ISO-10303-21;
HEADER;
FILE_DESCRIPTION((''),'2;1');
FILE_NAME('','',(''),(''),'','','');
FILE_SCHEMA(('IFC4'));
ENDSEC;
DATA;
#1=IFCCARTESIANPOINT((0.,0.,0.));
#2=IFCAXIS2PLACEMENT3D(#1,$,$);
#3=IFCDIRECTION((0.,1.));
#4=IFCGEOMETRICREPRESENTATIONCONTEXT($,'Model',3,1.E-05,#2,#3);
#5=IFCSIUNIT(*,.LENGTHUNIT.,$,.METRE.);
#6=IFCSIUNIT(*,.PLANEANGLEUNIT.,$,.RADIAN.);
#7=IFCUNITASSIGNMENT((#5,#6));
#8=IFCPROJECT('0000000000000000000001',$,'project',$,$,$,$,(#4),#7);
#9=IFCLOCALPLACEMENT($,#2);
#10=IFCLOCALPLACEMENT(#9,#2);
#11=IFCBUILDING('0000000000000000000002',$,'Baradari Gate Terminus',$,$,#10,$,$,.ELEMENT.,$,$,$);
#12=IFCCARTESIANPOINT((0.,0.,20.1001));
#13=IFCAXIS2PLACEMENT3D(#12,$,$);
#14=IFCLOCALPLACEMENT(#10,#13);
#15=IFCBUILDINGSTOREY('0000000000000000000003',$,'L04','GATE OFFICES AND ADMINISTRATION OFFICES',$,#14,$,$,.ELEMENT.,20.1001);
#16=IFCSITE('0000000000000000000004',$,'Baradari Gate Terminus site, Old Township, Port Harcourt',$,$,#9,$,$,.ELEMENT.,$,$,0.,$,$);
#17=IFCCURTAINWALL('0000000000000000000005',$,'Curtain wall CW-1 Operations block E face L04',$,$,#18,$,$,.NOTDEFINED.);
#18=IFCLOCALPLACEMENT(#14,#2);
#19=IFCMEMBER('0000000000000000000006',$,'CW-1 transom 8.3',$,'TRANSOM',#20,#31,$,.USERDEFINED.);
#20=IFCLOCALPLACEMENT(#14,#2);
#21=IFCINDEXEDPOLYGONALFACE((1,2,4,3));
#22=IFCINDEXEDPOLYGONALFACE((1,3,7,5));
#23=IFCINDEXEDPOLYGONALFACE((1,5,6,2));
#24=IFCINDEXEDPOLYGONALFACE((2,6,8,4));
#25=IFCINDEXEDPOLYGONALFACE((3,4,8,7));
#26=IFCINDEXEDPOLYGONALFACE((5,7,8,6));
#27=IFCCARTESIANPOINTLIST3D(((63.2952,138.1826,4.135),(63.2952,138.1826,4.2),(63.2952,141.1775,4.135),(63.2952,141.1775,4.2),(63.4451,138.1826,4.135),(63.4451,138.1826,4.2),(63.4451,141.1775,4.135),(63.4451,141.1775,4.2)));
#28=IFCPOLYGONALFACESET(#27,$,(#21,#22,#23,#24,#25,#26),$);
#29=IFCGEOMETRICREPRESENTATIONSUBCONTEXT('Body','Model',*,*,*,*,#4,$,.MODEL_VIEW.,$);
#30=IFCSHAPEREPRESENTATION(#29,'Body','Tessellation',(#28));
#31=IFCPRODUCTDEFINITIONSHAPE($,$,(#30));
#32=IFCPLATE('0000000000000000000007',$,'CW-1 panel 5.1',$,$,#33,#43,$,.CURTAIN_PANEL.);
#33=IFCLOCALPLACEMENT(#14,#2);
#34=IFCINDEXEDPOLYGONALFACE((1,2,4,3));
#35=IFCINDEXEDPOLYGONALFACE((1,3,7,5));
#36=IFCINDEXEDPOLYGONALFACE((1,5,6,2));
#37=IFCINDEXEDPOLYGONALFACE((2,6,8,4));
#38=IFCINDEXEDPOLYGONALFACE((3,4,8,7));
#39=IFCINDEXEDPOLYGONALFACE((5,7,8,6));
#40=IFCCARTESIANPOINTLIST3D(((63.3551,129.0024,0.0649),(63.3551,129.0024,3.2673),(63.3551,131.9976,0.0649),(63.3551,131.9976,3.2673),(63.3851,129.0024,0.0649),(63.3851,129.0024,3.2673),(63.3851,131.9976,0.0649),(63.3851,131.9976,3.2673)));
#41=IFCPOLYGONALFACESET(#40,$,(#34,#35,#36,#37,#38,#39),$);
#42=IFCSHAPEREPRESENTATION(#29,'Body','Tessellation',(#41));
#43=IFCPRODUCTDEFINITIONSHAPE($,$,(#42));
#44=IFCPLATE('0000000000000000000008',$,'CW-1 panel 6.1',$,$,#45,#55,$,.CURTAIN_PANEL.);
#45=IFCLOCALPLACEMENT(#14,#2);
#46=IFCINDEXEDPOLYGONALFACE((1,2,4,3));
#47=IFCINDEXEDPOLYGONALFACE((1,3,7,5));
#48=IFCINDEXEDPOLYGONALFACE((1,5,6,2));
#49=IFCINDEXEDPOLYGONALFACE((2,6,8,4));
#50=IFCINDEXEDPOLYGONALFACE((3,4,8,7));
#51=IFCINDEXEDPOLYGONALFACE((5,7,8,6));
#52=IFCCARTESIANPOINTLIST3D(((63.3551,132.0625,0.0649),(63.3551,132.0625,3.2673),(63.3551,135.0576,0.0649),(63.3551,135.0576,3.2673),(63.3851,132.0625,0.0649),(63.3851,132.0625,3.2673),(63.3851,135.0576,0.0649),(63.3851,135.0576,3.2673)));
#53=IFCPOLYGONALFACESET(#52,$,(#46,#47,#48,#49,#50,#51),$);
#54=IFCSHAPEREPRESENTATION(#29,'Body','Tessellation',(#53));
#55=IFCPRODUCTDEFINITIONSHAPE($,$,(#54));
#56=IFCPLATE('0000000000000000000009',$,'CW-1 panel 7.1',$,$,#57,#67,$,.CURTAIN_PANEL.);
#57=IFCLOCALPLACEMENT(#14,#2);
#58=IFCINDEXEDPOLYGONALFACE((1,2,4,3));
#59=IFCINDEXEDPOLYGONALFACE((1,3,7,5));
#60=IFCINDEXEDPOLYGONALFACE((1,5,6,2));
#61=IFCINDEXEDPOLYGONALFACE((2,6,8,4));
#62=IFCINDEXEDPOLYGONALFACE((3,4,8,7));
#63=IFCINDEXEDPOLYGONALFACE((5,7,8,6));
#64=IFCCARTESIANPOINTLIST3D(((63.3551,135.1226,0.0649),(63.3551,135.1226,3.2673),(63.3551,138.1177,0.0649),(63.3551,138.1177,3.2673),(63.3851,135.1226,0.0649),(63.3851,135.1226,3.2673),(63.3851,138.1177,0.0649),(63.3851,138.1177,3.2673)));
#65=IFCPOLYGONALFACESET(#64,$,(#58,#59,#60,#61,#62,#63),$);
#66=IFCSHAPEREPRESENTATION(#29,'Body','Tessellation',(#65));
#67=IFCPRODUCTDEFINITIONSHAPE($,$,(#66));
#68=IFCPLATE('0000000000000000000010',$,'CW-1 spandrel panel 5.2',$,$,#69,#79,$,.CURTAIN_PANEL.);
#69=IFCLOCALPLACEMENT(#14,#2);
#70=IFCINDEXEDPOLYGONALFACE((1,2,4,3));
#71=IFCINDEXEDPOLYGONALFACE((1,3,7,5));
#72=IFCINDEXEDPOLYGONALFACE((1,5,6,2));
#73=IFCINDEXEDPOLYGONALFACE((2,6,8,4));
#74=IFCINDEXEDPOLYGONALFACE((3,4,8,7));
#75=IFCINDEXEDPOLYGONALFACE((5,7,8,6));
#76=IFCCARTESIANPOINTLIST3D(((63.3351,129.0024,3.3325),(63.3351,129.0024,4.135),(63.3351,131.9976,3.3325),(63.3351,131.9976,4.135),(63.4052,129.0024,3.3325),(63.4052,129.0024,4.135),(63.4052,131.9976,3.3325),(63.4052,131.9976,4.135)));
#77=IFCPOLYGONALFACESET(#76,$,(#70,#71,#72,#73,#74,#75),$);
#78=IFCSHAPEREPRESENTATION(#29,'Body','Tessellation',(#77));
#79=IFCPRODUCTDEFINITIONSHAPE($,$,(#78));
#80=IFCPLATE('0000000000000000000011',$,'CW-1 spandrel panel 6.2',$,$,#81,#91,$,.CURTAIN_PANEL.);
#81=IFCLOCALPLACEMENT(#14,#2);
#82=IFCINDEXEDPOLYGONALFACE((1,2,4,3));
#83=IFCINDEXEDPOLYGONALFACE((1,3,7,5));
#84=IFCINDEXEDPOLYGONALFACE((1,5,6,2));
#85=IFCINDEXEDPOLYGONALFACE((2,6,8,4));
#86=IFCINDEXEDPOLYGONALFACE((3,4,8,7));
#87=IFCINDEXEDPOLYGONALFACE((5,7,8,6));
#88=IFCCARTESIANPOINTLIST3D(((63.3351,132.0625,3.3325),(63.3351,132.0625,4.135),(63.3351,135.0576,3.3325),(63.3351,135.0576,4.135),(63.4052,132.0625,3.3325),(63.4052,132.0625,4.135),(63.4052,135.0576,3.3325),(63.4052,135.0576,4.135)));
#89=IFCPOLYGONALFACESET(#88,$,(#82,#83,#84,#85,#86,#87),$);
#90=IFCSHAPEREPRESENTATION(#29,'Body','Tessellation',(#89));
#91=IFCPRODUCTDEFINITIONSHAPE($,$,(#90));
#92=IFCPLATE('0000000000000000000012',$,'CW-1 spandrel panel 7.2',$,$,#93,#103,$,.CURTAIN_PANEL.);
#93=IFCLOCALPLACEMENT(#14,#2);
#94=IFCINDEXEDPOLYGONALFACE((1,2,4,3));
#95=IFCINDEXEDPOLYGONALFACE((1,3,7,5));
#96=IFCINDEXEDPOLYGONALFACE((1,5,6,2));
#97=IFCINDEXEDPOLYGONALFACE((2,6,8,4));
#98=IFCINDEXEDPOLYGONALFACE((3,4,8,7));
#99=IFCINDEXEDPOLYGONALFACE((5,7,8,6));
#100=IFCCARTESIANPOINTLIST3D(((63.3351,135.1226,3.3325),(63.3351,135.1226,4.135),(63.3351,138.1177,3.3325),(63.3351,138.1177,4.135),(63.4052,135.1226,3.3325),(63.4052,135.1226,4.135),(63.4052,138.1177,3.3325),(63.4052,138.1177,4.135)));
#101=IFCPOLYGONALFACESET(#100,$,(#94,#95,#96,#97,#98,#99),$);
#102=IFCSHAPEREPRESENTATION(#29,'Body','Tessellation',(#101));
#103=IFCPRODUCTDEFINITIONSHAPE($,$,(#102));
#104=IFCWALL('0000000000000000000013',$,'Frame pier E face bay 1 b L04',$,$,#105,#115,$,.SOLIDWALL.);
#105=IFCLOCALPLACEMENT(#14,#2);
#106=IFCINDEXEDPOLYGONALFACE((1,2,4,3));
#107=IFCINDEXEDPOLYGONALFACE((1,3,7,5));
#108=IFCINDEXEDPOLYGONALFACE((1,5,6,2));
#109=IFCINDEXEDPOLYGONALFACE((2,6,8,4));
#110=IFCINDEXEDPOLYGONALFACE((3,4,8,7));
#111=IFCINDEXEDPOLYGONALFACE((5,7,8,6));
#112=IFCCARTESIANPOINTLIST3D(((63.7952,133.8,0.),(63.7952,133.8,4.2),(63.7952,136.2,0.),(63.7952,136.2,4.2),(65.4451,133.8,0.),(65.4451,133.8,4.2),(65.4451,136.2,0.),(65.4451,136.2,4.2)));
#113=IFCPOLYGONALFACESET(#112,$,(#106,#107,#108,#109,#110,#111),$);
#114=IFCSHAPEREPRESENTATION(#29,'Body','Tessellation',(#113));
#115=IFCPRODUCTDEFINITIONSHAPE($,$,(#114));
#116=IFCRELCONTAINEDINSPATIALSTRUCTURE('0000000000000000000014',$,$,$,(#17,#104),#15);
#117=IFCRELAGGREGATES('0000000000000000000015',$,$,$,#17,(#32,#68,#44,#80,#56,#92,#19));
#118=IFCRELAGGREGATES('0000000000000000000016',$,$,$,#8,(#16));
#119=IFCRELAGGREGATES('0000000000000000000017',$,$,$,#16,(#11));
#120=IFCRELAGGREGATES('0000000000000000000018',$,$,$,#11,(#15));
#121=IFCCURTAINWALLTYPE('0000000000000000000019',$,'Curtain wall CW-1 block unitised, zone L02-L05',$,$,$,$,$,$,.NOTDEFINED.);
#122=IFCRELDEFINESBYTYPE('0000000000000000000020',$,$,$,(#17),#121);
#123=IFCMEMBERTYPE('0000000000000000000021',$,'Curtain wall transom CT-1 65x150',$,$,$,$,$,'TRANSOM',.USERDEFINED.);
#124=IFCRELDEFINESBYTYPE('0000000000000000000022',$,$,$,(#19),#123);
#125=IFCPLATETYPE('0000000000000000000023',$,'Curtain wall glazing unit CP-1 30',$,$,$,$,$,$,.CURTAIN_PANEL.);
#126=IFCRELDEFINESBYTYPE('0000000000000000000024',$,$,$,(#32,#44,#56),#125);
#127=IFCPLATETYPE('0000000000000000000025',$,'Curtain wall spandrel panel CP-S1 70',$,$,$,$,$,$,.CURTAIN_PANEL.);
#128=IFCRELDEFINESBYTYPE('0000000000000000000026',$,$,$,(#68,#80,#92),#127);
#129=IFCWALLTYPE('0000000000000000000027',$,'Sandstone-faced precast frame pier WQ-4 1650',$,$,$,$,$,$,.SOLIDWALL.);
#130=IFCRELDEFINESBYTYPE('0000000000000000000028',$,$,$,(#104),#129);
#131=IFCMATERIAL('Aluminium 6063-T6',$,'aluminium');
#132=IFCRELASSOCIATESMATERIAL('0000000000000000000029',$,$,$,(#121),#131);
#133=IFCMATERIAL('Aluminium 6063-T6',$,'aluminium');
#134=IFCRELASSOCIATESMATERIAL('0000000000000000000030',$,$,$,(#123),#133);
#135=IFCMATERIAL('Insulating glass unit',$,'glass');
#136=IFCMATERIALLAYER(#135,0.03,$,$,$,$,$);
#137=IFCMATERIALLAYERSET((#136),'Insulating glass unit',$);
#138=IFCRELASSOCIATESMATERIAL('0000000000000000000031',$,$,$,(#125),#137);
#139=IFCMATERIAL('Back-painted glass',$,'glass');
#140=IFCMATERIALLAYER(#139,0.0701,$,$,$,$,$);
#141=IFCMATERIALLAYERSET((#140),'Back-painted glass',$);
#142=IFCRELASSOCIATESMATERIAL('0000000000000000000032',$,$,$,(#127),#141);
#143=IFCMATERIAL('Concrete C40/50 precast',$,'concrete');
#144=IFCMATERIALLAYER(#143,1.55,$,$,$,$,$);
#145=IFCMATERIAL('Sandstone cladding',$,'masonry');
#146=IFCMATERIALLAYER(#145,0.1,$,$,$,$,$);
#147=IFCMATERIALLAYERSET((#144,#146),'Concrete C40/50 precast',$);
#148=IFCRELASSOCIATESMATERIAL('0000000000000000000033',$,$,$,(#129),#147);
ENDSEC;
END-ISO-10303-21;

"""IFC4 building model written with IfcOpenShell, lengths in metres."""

from ifc_helpers import new_model, si_unit, direction, frame, frame_2d, origin, origin_2d, place, context, subcontext, project, spatial, rectangle, extrude, material, layer, layer_set, material_profile, profile_set, type_object, element, aggregate, save


model = new_model("IFC4")

# Units and contexts
model_context = context("Model", 3, precision=1e-05, world=origin(), true_north=direction((0.0, 1.0)))
body_context = subcontext(model_context, "Body", "Model", "MODEL_VIEW")
ifc_project = project(units=[si_unit("LENGTHUNIT", "METRE"), si_unit("PLANEANGLEUNIT", "RADIAN")], contexts=[model_context])

# Site, building, storey
site_placement = place(None, origin())
site = spatial("IfcSite", under=ifc_project, at=site_placement, Name="Baradari Gate Terminus site, Old Township, Port Harcourt", CompositionType="ELEMENT", RefElevation=0.0)
building_placement = place(site_placement, origin())
building = spatial("IfcBuilding", under=site, at=building_placement, Name="Baradari Gate Terminus", CompositionType="ELEMENT")
storey_placement = place(building_placement, frame((0.0, 0.0, 20.1001)))
storey = spatial("IfcBuildingStorey", under=building, at=storey_placement, Name="L04", Description="GATE OFFICES AND ADMINISTRATION OFFICES", CompositionType="ELEMENT", Elevation=20.1001)

# Curtain wall, member, plates
ifc_material_1 = material(Name="Aluminium 6063-T6", Category="aluminium")
curtain_wall_type = type_object("IfcCurtainWallType", Name="Curtain wall CW-1 block unitised, zone L02-L05", PredefinedType="NOTDEFINED", material=ifc_material_1)
curtain_wall_placement = place(storey_placement, origin())
curtain_wall = element("IfcCurtainWall", 1, at=curtain_wall_placement, inside=storey, type_object=curtain_wall_type, Name="Curtain wall CW-1 Operations block E face L04", PredefinedType="NOTDEFINED")
ifc_material_2 = material(Name="Aluminium 6063-T6", Category="aluminium")
ifc_material_profile_1 = material_profile(ifc_material_2, rectangle(XDim=0.1499, YDim=0.0649, at=origin_2d()), Name="CT-1 65X150")
ifc_profile_set_1 = profile_set([ifc_material_profile_1], Name="Aluminium 6063-T6")
member_type_1 = type_object("IfcMemberType", Name="Curtain wall transom CT-1 65x150", ElementType="TRANSOM", PredefinedType="USERDEFINED", material=ifc_profile_set_1)
member_1_placement = place(storey_placement, frame((63.3701, 138.1826, 4.1675), z_axis=(0.0, 1.0, 0.0), x_axis=(-1.0, 0.0, 0.0)))
member_1 = element("IfcMember", 2, at=member_1_placement, type_object=member_type_1, Name="CW-1 transom 8.3", ObjectType="TRANSOM", PredefinedType="USERDEFINED", context=body_context, shape_type="SweptSolid", body=[
    extrude(rectangle(XDim=0.1499, YDim=0.0649, at=origin_2d()), origin(), (0.0, 0.0, 1.0), 2.9949),
])
ifc_material_3 = material(Name="Insulating glass unit", Category="glass")
ifc_layer_1 = layer(ifc_material_3, 0.03)
ifc_layer_set_1 = layer_set([ifc_layer_1], Name="Insulating glass unit")
plate_type_1 = type_object("IfcPlateType", Name="Curtain wall glazing unit CP-1 30", PredefinedType="CURTAIN_PANEL", material=ifc_layer_set_1)
plate_1_placement = place(storey_placement, frame((63.3701, 130.5, 0.0649), z_axis=(0.0, 0.0, 1.0), x_axis=(0.0, 1.0, 0.0)))
plate_1 = element("IfcPlate", 3, at=plate_1_placement, type_object=plate_type_1, Name="CW-1 panel 5.1", PredefinedType="CURTAIN_PANEL", context=body_context, shape_type="SweptSolid", body=[
    extrude(rectangle(XDim=2.9951, YDim=0.03, at=origin_2d()), origin(), (0.0, 0.0, 1.0), 3.2024),
])
plate_2_placement = place(storey_placement, frame((63.3701, 133.5601, 0.0649), z_axis=(0.0, 0.0, 1.0), x_axis=(0.0, 1.0, 0.0)))
plate_2 = element("IfcPlate", 4, at=plate_2_placement, type_object=plate_type_1, Name="CW-1 panel 6.1", PredefinedType="CURTAIN_PANEL", context=body_context, shape_type="SweptSolid", body=[
    extrude(rectangle(XDim=2.9951, YDim=0.03, at=origin_2d()), origin(), (0.0, 0.0, 1.0), 3.2024),
])
plate_3_placement = place(storey_placement, frame((63.3701, 136.6201, 0.0649), z_axis=(0.0, 0.0, 1.0), x_axis=(0.0, 1.0, 0.0)))
plate_3 = element("IfcPlate", 5, at=plate_3_placement, type_object=plate_type_1, Name="CW-1 panel 7.1", PredefinedType="CURTAIN_PANEL", context=body_context, shape_type="SweptSolid", body=[
    extrude(rectangle(XDim=2.9951, YDim=0.03, at=origin_2d()), origin(), (0.0, 0.0, 1.0), 3.2024),
])
ifc_material_4 = material(Name="Back-painted glass", Category="glass")
ifc_layer_2 = layer(ifc_material_4, 0.0701)
ifc_layer_set_2 = layer_set([ifc_layer_2], Name="Back-painted glass")
plate_type_2 = type_object("IfcPlateType", Name="Curtain wall spandrel panel CP-S1 70", PredefinedType="CURTAIN_PANEL", material=ifc_layer_set_2)
plate_4_placement = place(storey_placement, frame((63.3701, 130.5, 3.3325), z_axis=(0.0, 0.0, 1.0), x_axis=(0.0, 1.0, 0.0)))
plate_4 = element("IfcPlate", 6, at=plate_4_placement, type_object=plate_type_2, Name="CW-1 spandrel panel 5.2", PredefinedType="CURTAIN_PANEL", context=body_context, shape_type="SweptSolid", body=[
    extrude(rectangle(XDim=2.9951, YDim=0.0701, at=origin_2d()), origin(), (0.0, 0.0, 1.0), 0.8025),
])
plate_5_placement = place(storey_placement, frame((63.3701, 133.5601, 3.3325), z_axis=(0.0, 0.0, 1.0), x_axis=(0.0, 1.0, 0.0)))
plate_5 = element("IfcPlate", 7, at=plate_5_placement, type_object=plate_type_2, Name="CW-1 spandrel panel 6.2", PredefinedType="CURTAIN_PANEL", context=body_context, shape_type="SweptSolid", body=[
    extrude(rectangle(XDim=2.9951, YDim=0.0701, at=origin_2d()), origin(), (0.0, 0.0, 1.0), 0.8025),
])
plate_6_placement = place(storey_placement, frame((63.3701, 136.6201, 3.3325), z_axis=(0.0, 0.0, 1.0), x_axis=(0.0, 1.0, 0.0)))
plate_6 = element("IfcPlate", 8, at=plate_6_placement, type_object=plate_type_2, Name="CW-1 spandrel panel 7.2", PredefinedType="CURTAIN_PANEL", context=body_context, shape_type="SweptSolid", body=[
    extrude(rectangle(XDim=2.9951, YDim=0.0701, at=origin_2d()), origin(), (0.0, 0.0, 1.0), 0.8025),
])
aggregate(curtain_wall, [plate_1, plate_4, plate_2, plate_5, plate_3, plate_6, member_1])

# Wall
ifc_material_5 = material(Name="Concrete C40/50 precast", Category="concrete")
ifc_layer_3 = layer(ifc_material_5, 1.55)
ifc_material_6 = material(Name="Sandstone cladding", Category="masonry")
ifc_layer_4 = layer(ifc_material_6, 0.1)
ifc_layer_set_3 = layer_set([ifc_layer_3, ifc_layer_4], Name="Concrete C40/50 precast")
wall_type = type_object("IfcWallType", Name="Sandstone-faced precast frame pier WQ-4 1650", PredefinedType="SOLIDWALL", material=ifc_layer_set_3)
wall_placement = place(storey_placement, frame((64.6201, 133.8, 0.0), z_axis=(0.0, 0.0, 1.0), x_axis=(0.0, 1.0, 0.0)))
element("IfcWall", 9, at=wall_placement, inside=storey, type_object=wall_type, Name="Frame pier E face bay 1 b L04", PredefinedType="SOLIDWALL", context=body_context, shape_type="SweptSolid", body=[
    extrude(rectangle(XDim=2.3999, YDim=1.6499, at=frame_2d((1.2, 0.0))), origin(), (0.0, 0.0, 1.0), 4.2),
])

save(model, "model.ifc")
